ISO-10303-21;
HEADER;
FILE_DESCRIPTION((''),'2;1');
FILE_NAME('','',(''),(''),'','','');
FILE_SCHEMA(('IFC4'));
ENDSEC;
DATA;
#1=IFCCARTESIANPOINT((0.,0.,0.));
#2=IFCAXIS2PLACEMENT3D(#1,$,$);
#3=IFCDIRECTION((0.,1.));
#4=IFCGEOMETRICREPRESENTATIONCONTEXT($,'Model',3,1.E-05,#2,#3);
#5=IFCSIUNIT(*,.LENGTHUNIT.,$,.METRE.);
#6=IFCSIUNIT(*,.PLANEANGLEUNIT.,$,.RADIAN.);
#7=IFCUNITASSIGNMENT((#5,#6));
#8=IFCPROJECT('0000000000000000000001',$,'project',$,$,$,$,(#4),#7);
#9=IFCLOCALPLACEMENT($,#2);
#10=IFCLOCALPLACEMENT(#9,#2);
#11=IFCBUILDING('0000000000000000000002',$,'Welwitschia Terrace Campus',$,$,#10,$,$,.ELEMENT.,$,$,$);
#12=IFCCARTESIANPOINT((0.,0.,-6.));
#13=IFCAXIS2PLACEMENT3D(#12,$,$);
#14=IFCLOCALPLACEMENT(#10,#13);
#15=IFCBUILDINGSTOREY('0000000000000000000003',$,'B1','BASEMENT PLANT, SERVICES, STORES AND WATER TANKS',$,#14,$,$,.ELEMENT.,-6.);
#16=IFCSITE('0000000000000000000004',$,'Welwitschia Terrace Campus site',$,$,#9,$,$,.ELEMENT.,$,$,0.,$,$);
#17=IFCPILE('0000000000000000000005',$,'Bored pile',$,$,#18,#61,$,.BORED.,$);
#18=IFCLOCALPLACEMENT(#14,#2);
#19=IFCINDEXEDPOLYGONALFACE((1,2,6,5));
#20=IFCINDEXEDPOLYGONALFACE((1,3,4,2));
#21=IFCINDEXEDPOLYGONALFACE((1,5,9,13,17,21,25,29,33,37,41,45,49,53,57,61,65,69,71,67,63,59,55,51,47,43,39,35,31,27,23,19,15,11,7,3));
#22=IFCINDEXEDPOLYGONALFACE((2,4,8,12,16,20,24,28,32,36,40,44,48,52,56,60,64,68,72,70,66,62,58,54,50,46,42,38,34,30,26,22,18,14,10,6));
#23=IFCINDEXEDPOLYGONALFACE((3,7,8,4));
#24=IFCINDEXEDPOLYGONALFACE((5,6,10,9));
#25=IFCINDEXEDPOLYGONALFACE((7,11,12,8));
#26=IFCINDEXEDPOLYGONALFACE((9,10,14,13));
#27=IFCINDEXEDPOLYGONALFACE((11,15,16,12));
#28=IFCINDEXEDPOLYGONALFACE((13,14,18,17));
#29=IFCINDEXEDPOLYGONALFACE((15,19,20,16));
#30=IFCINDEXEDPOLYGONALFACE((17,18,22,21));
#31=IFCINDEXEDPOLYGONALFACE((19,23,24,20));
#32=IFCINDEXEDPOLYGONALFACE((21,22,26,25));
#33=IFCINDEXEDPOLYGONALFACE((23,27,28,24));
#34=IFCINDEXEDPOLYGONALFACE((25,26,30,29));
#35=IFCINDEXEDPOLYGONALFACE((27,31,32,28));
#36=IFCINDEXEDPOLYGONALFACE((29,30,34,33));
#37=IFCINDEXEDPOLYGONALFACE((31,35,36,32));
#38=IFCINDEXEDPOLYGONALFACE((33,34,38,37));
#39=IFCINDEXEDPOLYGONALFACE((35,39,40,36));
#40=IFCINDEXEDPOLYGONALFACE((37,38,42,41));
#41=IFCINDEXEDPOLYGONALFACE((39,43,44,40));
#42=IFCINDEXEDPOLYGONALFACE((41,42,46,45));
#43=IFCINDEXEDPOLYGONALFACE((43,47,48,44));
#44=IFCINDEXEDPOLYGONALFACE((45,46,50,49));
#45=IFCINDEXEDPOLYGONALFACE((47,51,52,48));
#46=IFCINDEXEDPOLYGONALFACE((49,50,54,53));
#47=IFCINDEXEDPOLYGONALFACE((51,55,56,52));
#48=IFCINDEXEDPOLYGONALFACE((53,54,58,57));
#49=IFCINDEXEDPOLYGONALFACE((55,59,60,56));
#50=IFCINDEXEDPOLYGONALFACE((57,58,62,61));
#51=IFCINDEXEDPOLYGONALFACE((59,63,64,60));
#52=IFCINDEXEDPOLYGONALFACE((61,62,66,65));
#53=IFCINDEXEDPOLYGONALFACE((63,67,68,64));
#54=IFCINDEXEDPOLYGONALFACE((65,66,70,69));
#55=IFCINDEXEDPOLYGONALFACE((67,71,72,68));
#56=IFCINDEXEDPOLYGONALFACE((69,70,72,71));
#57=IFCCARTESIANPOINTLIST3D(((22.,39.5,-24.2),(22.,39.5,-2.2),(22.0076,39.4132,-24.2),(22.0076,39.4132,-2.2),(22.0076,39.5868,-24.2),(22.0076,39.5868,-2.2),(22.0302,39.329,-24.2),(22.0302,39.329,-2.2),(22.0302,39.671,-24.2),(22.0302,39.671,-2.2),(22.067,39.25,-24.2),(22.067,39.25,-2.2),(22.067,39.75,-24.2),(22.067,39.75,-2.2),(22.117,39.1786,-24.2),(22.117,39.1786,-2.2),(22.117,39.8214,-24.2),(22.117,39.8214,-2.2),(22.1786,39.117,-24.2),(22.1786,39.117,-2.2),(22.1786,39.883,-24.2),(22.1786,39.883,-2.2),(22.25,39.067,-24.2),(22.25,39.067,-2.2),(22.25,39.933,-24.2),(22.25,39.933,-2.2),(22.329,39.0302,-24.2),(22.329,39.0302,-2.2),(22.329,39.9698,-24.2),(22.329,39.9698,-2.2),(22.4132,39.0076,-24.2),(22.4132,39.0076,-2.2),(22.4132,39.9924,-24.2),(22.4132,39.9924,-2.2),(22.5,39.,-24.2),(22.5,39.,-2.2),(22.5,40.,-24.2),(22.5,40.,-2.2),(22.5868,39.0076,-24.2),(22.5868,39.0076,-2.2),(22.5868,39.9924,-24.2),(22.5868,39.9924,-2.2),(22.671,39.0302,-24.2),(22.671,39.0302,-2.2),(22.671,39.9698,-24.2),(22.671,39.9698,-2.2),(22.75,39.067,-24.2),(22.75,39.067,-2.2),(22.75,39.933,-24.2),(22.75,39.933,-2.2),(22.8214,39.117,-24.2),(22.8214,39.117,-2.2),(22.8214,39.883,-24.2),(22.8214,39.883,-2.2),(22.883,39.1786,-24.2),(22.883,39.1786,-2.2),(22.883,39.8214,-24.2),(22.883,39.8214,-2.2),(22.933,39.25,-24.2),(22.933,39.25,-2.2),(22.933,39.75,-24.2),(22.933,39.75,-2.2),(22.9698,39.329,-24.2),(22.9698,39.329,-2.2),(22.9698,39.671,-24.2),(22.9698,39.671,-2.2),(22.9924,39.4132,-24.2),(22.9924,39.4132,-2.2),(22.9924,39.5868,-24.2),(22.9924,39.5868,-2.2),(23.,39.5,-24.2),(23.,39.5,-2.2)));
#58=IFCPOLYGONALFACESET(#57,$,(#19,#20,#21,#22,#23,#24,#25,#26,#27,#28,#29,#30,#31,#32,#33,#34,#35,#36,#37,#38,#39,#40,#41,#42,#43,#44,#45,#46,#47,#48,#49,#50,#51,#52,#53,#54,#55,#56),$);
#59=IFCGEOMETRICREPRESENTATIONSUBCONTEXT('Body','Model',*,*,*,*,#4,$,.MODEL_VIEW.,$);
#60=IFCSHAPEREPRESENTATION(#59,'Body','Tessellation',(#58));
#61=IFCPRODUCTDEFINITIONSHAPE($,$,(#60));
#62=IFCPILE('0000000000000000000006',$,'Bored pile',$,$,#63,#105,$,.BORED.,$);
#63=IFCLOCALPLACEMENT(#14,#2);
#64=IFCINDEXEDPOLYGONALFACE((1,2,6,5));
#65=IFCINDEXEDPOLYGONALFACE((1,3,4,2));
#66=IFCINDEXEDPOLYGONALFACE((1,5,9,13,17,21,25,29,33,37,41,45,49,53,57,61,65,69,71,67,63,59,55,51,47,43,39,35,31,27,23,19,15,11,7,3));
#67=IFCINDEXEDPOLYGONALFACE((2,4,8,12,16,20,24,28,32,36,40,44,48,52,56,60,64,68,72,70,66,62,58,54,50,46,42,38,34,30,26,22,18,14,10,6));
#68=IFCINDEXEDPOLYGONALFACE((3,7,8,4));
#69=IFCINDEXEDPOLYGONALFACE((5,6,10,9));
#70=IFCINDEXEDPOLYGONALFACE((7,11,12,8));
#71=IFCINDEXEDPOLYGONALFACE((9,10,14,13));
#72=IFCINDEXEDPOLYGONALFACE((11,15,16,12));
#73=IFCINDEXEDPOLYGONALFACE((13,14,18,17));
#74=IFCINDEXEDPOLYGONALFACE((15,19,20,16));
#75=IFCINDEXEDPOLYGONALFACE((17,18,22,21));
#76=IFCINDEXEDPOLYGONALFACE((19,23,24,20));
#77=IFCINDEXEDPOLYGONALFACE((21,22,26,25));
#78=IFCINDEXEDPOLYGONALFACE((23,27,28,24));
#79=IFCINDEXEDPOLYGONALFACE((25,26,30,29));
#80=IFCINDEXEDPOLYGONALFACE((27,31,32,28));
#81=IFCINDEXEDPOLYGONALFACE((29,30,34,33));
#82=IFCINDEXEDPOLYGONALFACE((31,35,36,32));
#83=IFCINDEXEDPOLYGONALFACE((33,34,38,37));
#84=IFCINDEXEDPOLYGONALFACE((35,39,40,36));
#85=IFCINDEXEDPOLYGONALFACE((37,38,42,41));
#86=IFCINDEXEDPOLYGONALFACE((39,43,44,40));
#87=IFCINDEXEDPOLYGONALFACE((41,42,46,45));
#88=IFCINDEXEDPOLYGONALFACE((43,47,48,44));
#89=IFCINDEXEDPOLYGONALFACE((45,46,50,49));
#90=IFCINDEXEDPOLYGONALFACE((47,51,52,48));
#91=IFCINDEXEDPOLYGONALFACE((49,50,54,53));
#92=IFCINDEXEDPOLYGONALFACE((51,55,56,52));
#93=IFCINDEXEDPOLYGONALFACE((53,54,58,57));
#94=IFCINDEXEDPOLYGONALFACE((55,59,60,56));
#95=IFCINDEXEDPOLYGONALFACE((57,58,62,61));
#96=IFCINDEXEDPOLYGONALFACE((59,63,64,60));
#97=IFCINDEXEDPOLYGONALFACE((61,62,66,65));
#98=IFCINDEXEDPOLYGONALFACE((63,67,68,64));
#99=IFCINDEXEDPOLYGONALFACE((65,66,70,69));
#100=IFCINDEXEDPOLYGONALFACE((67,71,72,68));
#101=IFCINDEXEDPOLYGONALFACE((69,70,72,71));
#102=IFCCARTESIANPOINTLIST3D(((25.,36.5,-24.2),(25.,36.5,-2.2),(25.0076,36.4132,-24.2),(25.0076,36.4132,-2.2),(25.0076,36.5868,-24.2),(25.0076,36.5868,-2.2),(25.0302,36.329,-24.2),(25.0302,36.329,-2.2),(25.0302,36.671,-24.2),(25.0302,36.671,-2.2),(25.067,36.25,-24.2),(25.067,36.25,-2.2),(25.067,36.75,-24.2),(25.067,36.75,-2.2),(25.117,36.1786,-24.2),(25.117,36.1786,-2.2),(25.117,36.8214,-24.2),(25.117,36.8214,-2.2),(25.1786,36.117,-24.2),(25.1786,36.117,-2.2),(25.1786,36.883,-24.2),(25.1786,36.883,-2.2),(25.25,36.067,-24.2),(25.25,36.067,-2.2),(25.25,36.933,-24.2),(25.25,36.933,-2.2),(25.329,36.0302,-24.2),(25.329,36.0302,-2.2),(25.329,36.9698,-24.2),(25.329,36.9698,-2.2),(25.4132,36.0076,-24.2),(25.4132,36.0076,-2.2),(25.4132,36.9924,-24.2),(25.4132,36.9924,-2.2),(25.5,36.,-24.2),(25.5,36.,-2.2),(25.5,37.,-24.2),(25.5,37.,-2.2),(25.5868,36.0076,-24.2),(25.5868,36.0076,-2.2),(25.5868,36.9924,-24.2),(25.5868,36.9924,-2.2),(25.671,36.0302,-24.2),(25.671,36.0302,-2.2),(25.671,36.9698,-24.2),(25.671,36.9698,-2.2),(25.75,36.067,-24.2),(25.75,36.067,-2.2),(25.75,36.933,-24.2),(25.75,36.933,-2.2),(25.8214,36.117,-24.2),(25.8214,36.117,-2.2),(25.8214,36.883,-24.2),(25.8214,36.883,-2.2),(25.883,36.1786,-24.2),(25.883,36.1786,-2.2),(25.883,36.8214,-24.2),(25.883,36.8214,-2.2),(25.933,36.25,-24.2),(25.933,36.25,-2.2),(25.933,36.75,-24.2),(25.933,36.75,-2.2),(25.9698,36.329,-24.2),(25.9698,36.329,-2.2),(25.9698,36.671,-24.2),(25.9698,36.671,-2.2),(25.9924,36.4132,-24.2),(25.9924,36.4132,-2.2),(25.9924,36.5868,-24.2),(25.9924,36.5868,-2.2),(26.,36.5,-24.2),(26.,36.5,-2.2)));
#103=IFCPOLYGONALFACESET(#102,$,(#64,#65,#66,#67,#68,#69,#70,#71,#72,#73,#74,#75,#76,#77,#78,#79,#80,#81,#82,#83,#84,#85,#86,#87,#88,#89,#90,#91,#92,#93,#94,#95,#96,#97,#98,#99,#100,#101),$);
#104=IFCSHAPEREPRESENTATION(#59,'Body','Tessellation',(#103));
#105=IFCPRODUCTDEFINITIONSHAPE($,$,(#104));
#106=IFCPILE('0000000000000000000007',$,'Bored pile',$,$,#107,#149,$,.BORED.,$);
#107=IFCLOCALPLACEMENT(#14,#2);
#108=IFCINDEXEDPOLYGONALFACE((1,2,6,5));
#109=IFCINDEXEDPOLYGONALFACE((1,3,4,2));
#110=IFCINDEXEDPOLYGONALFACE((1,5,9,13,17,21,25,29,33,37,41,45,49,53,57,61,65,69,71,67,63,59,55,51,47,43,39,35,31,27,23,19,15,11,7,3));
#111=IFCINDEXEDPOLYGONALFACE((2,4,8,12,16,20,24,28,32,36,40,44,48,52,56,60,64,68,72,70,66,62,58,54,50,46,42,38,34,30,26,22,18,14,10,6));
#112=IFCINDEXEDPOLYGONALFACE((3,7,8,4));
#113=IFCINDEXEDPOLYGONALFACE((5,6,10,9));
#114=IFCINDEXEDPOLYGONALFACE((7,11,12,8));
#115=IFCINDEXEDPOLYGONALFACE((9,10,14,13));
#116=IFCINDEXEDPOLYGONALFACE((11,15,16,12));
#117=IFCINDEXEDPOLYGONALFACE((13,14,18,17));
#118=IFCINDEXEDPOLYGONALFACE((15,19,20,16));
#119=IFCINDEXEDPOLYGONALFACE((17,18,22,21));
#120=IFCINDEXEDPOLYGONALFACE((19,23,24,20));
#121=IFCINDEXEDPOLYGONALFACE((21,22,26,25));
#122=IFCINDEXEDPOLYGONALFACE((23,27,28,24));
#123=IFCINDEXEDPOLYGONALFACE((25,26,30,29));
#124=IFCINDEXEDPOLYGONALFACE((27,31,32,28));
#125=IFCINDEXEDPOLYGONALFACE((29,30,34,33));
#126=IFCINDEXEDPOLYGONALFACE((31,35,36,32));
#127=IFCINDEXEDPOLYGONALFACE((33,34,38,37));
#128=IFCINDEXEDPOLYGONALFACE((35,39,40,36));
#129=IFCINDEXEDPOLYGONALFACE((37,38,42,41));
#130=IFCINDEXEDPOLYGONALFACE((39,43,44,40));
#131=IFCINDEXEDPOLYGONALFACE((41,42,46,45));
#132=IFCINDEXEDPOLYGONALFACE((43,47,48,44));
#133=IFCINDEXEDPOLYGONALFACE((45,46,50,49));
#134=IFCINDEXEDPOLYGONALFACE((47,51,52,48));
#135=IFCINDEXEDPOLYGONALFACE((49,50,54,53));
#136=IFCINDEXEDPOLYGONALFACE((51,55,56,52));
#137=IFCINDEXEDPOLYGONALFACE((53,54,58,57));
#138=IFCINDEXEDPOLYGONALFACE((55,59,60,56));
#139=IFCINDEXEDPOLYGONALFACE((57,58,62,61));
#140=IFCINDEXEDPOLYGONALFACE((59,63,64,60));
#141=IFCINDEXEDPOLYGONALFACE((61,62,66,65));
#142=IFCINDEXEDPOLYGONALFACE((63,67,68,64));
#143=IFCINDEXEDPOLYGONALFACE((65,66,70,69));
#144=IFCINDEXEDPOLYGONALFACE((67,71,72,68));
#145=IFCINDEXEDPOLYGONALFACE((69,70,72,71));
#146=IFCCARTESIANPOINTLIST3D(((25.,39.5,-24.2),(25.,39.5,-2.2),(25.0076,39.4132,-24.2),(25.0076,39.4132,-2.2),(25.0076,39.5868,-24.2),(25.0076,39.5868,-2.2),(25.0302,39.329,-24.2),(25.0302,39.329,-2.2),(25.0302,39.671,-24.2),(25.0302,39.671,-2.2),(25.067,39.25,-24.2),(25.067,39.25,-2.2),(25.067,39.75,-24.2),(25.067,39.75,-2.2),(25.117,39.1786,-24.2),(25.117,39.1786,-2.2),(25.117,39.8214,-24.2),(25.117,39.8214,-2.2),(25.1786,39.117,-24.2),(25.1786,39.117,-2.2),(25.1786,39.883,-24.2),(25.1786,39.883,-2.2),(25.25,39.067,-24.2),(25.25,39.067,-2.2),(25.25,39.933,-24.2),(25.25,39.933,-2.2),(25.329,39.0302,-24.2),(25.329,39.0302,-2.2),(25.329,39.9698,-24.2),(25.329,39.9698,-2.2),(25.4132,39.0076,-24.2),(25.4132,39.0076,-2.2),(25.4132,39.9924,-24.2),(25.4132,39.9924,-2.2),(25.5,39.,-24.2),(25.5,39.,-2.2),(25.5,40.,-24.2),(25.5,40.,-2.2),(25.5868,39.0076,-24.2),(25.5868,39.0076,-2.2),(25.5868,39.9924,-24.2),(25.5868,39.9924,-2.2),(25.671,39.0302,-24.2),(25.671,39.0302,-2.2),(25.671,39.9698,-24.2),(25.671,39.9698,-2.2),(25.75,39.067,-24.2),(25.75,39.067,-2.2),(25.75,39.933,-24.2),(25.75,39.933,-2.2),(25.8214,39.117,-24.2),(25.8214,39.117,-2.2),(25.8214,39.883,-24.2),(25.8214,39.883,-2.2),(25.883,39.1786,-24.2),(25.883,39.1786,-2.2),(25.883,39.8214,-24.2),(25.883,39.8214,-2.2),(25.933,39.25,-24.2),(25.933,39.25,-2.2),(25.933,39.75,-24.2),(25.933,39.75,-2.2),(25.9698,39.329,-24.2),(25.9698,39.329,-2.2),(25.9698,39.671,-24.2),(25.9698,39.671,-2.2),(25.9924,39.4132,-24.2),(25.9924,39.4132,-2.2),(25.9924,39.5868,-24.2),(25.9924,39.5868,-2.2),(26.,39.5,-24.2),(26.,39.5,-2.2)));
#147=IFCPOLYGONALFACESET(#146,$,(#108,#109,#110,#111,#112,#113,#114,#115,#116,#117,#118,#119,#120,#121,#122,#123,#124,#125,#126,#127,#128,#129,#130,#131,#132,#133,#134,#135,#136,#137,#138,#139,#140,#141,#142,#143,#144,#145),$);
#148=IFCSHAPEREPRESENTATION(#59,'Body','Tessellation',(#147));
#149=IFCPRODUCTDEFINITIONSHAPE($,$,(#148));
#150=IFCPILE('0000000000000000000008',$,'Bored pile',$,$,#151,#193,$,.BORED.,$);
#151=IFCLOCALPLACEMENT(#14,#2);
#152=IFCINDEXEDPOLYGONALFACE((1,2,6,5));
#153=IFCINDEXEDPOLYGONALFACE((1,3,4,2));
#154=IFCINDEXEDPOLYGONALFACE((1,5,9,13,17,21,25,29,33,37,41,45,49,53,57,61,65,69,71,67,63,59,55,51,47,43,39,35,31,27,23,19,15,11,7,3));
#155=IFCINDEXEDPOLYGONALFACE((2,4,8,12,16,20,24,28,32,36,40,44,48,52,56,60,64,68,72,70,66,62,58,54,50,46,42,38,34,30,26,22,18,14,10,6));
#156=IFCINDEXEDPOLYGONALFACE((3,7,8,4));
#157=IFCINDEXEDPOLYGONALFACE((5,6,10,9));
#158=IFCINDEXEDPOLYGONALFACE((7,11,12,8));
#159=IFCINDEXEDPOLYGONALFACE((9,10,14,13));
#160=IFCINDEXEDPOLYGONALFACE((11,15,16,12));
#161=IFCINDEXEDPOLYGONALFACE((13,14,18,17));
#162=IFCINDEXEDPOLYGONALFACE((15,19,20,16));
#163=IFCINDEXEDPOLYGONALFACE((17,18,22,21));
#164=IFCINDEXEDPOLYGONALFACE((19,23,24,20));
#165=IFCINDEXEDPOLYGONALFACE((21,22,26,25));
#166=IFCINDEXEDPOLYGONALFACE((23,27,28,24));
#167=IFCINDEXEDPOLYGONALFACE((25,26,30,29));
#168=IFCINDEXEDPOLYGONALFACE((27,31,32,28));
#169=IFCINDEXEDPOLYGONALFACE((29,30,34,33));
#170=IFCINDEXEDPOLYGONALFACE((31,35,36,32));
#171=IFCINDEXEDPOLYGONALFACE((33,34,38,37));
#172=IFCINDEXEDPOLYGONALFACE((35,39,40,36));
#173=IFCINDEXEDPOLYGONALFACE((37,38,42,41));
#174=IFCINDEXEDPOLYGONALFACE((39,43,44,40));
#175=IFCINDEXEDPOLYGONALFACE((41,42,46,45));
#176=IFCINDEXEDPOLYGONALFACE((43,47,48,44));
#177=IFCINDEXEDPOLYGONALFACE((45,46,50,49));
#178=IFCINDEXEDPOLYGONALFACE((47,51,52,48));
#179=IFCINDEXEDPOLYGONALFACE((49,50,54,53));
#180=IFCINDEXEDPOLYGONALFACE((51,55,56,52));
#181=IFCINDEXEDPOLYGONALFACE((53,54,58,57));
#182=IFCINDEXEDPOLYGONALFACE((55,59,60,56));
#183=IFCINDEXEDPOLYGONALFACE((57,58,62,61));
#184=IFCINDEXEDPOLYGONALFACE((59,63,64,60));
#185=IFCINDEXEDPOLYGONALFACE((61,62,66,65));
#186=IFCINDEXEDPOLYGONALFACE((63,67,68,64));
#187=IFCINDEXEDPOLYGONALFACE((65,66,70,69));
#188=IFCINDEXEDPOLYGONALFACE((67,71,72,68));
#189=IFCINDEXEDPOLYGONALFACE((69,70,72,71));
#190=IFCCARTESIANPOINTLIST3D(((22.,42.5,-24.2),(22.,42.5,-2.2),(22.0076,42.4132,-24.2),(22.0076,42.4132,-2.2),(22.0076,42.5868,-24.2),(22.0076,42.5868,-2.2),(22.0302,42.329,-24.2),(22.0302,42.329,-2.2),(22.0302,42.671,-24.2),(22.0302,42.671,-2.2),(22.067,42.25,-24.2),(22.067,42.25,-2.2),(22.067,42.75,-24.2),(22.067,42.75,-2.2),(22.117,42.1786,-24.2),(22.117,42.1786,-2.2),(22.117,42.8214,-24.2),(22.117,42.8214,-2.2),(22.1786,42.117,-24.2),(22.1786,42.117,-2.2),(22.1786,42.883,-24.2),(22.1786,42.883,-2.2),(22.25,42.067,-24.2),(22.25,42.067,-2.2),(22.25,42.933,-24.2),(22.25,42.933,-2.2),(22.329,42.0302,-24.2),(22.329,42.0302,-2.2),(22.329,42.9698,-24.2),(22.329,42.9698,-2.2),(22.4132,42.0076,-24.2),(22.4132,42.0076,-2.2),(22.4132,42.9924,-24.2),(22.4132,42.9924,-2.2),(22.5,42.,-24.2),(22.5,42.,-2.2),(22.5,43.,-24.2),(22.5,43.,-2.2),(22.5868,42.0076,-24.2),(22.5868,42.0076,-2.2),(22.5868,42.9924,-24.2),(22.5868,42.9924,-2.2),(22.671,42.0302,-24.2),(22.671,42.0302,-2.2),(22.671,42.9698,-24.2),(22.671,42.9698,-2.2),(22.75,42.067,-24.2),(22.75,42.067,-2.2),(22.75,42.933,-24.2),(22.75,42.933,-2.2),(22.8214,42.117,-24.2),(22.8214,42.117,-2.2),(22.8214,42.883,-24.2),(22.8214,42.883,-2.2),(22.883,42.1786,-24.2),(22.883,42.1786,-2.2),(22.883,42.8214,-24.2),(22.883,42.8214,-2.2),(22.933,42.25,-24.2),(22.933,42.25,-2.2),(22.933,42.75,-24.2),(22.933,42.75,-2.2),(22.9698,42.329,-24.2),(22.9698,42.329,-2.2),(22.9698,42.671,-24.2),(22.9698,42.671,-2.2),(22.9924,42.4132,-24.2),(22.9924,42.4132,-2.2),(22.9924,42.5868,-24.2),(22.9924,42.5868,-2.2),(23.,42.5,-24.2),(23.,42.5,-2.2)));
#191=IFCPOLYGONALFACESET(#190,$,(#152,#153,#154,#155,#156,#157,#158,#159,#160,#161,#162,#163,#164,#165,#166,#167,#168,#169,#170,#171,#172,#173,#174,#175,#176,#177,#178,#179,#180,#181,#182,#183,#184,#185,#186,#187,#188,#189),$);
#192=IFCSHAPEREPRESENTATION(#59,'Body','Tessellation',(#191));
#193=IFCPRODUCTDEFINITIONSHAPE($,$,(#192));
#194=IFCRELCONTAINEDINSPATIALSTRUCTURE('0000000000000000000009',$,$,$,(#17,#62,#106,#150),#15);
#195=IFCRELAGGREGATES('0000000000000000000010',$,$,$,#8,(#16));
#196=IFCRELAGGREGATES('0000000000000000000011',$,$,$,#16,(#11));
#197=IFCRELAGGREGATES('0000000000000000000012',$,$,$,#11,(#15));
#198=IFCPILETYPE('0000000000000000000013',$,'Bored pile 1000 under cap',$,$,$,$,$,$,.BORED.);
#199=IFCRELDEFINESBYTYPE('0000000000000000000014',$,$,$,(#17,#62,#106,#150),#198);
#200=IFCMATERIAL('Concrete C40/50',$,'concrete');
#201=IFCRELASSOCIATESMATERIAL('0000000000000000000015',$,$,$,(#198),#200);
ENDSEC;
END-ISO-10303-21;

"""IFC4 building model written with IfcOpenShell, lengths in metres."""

from ifc_helpers import new_model, si_unit, direction, frame, origin, origin_2d, place, context, subcontext, project, spatial, circle, extrude, material, type_object, element, save


model = new_model("IFC4")

# Units and contexts
model_context = context("Model", 3, precision=1e-05, world=origin(), true_north=direction((0.0, 1.0)))
body_context = subcontext(model_context, "Body", "Model", "MODEL_VIEW")
ifc_project = project(units=[si_unit("LENGTHUNIT", "METRE"), si_unit("PLANEANGLEUNIT", "RADIAN")], contexts=[model_context])

# Site, building, storey
site_placement = place(None, origin())
site = spatial("IfcSite", under=ifc_project, at=site_placement, Name="Welwitschia Terrace Campus site", CompositionType="ELEMENT", RefElevation=0.0)
building_placement = place(site_placement, origin())
building = spatial("IfcBuilding", under=site, at=building_placement, Name="Welwitschia Terrace Campus", CompositionType="ELEMENT")
storey_placement = place(building_placement, frame((0.0, 0.0, -6.0)))
storey = spatial("IfcBuildingStorey", under=building, at=storey_placement, Name="B1", Description="BASEMENT PLANT, SERVICES, STORES AND WATER TANKS", CompositionType="ELEMENT", Elevation=-6.0)

# Piles
ifc_material_1 = material(Name="Concrete C40/50", Category="concrete")
pile_type_1 = type_object("IfcPileType", Name="Bored pile 1000 under cap", PredefinedType="BORED", material=ifc_material_1)
for number, where, z_axis, x_axis, name in (
    (1, (22.5, 39.5, -2.2), (0.0, 0.0, -1.0), (1.0, 0.0, 0.0), "Bored pile"),
    (2, (25.5, 36.5, -2.2), (0.0, 0.0, -1.0), (1.0, 0.0, 0.0), "Bored pile"),
    (3, (25.5, 39.5, -2.2), (0.0, 0.0, -1.0), (1.0, 0.0, 0.0), "Bored pile"),
    (4, (22.5, 42.5, -2.2), (0.0, 0.0, -1.0), (1.0, 0.0, 0.0), "Bored pile"),
):
    element("IfcPile", number, at=place(storey_placement, frame(where, z_axis=z_axis, x_axis=x_axis)), inside=storey, type_object=pile_type_1, Name=name, PredefinedType="BORED", context=body_context, shape_type="SweptSolid", body=[
        extrude(circle(Radius=0.5, at=origin_2d()), origin(), (0.0, 0.0, 1.0), 22.0),
    ])

save(model, "model.ifc")
